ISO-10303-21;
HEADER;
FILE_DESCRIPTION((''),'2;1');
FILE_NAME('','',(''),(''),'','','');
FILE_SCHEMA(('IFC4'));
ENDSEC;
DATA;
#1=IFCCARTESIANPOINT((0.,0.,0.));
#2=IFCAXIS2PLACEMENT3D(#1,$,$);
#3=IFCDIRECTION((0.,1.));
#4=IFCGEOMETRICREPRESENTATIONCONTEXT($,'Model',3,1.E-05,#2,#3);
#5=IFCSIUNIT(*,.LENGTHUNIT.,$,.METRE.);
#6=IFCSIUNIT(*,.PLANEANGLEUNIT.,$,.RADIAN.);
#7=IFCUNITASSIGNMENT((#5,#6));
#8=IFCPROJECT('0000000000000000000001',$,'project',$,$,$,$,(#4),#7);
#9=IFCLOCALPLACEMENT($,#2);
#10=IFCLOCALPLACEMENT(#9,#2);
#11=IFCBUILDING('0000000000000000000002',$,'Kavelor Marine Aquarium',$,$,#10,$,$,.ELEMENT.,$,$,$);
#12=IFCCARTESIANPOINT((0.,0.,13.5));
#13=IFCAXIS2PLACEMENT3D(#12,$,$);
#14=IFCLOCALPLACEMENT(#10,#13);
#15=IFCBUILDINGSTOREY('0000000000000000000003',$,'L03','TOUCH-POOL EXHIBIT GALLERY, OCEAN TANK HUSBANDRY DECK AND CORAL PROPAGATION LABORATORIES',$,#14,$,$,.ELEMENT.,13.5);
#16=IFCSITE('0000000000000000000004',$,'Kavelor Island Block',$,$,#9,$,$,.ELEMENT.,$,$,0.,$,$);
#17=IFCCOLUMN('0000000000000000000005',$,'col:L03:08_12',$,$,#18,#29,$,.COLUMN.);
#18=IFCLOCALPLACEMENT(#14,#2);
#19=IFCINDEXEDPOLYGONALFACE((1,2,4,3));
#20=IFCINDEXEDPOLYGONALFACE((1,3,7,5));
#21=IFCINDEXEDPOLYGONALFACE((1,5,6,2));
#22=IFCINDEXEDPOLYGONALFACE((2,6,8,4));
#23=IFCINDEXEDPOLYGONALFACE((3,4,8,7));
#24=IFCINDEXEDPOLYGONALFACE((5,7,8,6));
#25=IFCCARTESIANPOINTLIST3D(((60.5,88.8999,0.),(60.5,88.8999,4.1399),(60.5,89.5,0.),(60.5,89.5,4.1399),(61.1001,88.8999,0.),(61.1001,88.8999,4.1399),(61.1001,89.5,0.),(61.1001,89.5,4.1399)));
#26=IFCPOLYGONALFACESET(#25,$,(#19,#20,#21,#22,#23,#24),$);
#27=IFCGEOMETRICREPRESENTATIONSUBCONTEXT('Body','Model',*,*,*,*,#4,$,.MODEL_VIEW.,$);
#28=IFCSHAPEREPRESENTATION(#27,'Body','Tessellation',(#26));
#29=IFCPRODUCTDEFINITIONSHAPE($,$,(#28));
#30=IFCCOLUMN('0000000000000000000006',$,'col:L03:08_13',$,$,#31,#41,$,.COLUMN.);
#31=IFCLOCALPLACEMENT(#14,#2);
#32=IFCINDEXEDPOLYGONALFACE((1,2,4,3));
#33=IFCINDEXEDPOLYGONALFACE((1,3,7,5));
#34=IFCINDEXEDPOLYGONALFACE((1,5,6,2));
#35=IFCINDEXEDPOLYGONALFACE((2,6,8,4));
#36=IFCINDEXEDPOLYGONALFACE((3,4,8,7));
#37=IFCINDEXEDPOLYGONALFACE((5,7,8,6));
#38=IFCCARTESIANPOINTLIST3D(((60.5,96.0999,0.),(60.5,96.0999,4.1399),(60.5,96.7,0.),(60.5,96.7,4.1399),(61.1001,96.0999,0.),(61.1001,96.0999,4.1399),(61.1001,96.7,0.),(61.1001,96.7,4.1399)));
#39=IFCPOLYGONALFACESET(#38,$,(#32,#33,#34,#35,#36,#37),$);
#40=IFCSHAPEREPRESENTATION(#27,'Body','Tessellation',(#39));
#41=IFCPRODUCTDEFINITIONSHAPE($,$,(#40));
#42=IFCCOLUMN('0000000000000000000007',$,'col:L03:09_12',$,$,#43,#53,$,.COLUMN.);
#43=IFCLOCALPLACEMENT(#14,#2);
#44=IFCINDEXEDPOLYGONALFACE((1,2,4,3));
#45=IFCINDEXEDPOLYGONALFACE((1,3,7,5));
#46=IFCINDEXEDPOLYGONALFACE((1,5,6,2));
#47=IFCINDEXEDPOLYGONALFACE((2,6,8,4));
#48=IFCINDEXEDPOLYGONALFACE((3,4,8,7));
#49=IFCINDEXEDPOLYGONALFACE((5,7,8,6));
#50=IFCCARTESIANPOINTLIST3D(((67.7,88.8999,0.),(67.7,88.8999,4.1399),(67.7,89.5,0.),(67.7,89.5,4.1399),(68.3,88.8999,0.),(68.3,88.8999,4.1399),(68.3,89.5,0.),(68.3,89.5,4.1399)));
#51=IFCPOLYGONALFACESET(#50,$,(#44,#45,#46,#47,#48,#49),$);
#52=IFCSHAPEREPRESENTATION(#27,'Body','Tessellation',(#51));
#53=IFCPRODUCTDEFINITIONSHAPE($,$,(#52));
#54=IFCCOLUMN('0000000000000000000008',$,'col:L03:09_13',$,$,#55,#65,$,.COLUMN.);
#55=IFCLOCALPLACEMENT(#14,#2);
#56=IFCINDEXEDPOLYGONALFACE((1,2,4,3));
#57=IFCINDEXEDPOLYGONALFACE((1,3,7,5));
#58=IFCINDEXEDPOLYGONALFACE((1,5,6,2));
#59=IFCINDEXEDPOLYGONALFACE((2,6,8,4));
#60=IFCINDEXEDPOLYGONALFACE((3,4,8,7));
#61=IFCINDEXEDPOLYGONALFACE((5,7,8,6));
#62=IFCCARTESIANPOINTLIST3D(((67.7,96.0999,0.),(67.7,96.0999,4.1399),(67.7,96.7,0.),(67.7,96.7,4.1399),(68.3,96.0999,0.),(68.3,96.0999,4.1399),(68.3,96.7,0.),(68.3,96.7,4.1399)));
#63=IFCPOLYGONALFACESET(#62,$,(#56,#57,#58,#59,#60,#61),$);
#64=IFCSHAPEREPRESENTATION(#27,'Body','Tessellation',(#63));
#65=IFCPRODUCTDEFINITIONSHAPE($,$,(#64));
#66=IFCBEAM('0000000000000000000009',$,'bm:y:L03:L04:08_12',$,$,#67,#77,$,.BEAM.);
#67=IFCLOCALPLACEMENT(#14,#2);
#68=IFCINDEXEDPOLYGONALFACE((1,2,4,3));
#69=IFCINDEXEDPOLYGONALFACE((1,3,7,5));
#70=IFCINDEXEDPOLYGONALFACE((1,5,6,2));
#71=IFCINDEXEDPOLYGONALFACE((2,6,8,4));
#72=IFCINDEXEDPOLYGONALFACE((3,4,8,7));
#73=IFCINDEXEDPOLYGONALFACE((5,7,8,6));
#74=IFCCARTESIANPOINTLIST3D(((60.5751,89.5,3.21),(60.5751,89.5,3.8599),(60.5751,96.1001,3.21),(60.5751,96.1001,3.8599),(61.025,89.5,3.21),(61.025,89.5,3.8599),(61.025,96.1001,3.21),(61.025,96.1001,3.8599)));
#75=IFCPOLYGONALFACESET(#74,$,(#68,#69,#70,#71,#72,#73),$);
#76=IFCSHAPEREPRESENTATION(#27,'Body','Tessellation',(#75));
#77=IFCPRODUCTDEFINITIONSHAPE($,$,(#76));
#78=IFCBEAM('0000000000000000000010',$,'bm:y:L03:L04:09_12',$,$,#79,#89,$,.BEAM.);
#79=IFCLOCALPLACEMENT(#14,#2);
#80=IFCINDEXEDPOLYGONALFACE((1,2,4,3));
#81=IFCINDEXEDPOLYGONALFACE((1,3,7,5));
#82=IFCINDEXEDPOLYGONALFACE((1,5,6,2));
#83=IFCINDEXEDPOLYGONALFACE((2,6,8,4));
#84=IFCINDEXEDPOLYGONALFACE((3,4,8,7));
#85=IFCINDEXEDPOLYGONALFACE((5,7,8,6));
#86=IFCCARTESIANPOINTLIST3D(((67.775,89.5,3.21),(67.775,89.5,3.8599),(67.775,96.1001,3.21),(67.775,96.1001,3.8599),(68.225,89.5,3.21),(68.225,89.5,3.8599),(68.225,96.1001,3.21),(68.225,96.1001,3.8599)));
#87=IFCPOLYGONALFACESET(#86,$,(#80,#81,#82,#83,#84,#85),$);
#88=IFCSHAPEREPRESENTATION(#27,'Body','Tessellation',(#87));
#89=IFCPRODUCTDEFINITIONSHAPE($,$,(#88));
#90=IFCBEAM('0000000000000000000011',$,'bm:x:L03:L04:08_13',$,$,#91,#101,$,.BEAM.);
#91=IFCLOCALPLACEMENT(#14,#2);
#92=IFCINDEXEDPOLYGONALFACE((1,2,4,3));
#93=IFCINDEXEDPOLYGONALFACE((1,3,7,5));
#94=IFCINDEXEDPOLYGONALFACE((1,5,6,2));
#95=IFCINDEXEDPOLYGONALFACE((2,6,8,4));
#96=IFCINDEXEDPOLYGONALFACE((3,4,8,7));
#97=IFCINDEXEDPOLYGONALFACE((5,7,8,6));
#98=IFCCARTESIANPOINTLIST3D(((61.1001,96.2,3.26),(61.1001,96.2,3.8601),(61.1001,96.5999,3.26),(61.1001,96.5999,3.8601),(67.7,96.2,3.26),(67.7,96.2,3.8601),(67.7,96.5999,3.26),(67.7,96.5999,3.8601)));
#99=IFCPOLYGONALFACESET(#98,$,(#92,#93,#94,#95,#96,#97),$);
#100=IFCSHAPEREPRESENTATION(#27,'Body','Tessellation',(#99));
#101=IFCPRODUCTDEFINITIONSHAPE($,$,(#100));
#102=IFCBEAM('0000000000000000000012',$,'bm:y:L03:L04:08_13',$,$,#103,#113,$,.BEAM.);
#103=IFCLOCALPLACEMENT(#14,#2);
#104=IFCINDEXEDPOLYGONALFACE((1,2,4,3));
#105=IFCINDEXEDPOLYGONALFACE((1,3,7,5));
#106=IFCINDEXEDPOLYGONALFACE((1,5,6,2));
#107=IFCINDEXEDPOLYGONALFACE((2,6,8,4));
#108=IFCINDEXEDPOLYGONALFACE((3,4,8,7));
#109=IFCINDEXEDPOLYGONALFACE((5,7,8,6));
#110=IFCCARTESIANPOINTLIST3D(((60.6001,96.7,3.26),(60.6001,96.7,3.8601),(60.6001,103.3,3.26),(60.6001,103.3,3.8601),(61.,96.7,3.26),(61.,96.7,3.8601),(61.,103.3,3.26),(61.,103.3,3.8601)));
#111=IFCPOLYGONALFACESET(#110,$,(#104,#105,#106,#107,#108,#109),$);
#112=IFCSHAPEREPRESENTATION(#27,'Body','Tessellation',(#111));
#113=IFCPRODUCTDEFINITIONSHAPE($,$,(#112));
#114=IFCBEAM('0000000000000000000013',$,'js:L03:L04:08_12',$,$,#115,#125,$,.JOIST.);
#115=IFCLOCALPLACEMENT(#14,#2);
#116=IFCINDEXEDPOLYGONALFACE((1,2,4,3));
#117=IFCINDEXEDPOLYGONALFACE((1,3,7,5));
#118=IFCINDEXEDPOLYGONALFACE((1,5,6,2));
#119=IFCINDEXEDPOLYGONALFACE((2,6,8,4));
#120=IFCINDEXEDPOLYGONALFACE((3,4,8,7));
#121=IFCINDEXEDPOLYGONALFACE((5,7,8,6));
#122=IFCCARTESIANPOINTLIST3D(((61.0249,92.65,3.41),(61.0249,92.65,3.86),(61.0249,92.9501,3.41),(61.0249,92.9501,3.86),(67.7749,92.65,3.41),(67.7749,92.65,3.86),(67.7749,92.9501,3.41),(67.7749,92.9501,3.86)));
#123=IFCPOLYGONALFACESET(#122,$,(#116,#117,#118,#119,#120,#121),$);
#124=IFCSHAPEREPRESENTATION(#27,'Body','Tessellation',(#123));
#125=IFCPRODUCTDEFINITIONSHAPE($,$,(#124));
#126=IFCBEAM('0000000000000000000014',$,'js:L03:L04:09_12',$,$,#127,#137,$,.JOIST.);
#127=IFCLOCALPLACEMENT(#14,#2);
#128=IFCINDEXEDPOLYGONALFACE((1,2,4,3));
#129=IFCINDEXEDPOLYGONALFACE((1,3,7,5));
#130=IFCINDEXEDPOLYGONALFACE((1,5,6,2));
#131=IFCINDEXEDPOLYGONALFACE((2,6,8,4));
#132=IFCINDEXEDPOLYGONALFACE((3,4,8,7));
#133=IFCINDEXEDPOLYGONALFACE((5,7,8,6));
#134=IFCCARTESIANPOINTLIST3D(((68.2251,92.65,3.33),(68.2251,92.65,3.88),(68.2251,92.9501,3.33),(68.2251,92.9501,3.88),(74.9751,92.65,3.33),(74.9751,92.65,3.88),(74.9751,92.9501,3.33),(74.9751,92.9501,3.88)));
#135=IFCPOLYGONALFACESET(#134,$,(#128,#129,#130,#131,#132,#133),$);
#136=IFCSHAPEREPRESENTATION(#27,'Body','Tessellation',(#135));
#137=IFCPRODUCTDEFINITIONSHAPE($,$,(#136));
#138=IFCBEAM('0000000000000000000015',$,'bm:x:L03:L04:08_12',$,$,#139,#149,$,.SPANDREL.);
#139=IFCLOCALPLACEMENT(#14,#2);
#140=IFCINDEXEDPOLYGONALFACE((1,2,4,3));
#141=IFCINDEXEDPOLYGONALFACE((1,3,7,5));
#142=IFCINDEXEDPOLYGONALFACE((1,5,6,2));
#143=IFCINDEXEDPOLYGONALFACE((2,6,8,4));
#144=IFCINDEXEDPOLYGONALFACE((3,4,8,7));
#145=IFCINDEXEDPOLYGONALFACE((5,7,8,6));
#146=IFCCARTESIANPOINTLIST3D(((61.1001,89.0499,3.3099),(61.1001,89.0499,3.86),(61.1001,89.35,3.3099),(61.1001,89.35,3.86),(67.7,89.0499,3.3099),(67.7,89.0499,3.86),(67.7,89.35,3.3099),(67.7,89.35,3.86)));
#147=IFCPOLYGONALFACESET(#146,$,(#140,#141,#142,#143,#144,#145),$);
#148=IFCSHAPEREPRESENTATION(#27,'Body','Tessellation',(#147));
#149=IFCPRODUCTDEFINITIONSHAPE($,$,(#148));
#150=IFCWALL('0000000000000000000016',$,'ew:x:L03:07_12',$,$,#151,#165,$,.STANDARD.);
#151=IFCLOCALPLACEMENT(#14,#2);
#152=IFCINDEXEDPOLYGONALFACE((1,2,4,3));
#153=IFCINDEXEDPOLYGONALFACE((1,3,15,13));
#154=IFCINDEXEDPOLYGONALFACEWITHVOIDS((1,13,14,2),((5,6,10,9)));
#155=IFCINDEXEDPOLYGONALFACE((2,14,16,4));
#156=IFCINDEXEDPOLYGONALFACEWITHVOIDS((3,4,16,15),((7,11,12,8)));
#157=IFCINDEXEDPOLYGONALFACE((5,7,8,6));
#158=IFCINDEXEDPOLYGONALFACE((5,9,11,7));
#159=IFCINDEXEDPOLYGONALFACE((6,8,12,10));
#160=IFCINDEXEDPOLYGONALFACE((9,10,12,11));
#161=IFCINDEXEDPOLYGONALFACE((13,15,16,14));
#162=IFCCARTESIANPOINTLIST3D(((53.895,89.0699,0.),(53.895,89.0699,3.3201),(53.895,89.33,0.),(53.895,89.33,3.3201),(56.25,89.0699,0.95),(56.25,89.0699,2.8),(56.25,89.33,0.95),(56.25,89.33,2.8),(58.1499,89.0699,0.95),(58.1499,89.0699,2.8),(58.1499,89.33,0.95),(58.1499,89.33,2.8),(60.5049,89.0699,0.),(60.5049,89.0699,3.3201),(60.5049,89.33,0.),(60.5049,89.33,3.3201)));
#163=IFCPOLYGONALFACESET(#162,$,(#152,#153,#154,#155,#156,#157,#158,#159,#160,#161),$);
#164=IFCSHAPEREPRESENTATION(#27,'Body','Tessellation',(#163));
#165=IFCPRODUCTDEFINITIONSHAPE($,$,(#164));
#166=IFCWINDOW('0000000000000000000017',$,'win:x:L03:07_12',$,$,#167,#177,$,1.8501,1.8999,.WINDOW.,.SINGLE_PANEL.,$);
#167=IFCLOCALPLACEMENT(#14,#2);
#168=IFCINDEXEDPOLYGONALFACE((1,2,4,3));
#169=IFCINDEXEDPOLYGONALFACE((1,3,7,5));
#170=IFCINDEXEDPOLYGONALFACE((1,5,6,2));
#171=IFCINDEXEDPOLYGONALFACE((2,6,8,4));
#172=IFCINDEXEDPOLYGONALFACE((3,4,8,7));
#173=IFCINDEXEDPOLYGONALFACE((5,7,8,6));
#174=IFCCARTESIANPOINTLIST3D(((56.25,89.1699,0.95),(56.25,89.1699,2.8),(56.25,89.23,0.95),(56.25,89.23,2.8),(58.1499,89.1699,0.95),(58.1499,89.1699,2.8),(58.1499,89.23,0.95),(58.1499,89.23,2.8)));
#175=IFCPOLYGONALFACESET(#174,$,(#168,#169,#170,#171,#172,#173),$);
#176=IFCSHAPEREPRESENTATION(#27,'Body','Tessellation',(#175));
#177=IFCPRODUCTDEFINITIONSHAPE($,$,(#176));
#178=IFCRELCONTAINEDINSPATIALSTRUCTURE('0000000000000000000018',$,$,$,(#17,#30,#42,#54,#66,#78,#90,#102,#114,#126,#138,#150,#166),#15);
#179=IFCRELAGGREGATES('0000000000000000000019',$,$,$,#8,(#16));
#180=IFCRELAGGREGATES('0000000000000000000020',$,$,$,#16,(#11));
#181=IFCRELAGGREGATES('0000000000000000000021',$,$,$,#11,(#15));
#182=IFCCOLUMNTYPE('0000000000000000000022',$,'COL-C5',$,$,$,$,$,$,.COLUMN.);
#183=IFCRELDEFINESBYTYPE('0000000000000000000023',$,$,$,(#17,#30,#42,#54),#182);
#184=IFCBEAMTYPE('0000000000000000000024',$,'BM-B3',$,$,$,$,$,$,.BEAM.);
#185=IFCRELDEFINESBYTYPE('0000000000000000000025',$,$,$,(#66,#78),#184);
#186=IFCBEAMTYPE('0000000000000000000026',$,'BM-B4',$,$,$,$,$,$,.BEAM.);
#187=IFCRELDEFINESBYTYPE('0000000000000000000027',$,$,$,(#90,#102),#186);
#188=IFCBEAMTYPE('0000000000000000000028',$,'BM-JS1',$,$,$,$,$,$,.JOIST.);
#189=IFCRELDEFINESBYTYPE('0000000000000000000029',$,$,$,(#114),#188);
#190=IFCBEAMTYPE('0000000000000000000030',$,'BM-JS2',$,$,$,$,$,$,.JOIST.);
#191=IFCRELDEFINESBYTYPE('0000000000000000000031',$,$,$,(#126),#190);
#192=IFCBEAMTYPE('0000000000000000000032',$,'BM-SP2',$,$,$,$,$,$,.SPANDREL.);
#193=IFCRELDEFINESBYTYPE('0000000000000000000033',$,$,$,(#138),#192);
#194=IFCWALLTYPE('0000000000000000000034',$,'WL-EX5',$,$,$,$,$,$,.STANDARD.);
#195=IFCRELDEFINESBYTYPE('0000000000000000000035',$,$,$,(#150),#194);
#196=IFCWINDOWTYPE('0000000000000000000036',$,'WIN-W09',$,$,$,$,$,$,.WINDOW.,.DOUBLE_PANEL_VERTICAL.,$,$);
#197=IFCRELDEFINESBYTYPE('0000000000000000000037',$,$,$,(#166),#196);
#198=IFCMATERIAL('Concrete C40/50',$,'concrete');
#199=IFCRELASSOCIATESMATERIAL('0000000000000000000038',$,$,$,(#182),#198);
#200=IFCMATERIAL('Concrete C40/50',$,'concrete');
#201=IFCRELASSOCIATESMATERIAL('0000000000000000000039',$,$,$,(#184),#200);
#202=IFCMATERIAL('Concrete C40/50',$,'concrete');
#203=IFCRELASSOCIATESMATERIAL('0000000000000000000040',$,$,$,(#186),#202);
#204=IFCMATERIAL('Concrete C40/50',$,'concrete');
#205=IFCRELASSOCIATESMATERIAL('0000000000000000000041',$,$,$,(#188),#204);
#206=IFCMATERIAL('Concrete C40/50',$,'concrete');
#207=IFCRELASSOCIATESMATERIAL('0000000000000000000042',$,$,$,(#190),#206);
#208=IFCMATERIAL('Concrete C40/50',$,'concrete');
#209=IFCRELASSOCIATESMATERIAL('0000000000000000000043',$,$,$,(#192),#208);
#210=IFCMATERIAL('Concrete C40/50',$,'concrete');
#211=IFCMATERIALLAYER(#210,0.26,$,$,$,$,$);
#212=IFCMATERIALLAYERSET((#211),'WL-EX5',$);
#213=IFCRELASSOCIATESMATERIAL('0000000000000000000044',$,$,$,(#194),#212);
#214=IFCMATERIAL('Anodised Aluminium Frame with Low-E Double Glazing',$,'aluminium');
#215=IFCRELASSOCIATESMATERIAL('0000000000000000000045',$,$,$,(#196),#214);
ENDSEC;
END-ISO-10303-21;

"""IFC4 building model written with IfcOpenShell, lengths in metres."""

from ifc_helpers import new_model, si_unit, direction, frame, frame_2d, origin, origin_2d, place, context, subcontext, project, spatial, rectangle, extrude, material, layer, layer_set, material_profile, profile_set, type_object, element, fill, save


model = new_model("IFC4")

# Units and contexts
model_context = context("Model", 3, precision=1e-05, world=origin(), true_north=direction((0.0, 1.0)))
body_context = subcontext(model_context, "Body", "Model", "MODEL_VIEW")
ifc_project = project(units=[si_unit("LENGTHUNIT", "METRE"), si_unit("PLANEANGLEUNIT", "RADIAN")], contexts=[model_context])

# Site, building, storey
site_placement = place(None, origin())
site = spatial("IfcSite", under=ifc_project, at=site_placement, Name="Kavelor Island Block", CompositionType="ELEMENT", RefElevation=0.0)
building_placement = place(site_placement, origin())
building = spatial("IfcBuilding", under=site, at=building_placement, Name="Kavelor Marine Aquarium", CompositionType="ELEMENT")
storey_placement = place(building_placement, frame((0.0, 0.0, 13.5)))
storey = spatial("IfcBuildingStorey", under=building, at=storey_placement, Name="L03", Description="TOUCH-POOL EXHIBIT GALLERY, OCEAN TANK HUSBANDRY DECK AND CORAL PROPAGATION LABORATORIES", CompositionType="ELEMENT", Elevation=13.5)

# Columns
ifc_material_1 = material(Name="Concrete C40/50", Category="concrete")
ifc_material_profile_1 = material_profile(ifc_material_1, rectangle(XDim=0.6001, YDim=0.6001, at=origin_2d()), Name="RC-COL 600x600")
ifc_profile_set_1 = profile_set([ifc_material_profile_1], Name="Concrete C40/50")
column_type = type_object("IfcColumnType", Name="COL-C5", PredefinedType="COLUMN", material=ifc_profile_set_1)
for number, where, z_axis, x_axis, name in (
    (1, (60.8, 89.2, 0.0), (0.0, 0.0, 1.0), (1.0, 0.0, 0.0), "col:L03:08_12"),
    (2, (60.8, 96.3999, 0.0), (0.0, 0.0, 1.0), (1.0, 0.0, 0.0), "col:L03:08_13"),
    (3, (68.0, 89.2, 0.0), (0.0, 0.0, 1.0), (1.0, 0.0, 0.0), "col:L03:09_12"),
    (4, (68.0, 96.3999, 0.0), (0.0, 0.0, 1.0), (1.0, 0.0, 0.0), "col:L03:09_13"),
):
    element("IfcColumn", number, at=place(storey_placement, frame(where, z_axis=z_axis, x_axis=x_axis)), inside=storey, type_object=column_type, Name=name, PredefinedType="COLUMN", context=body_context, shape_type="SweptSolid", body=[
        extrude(rectangle(XDim=0.6001, YDim=0.6001, at=origin_2d()), origin(), (0.0, 0.0, 1.0), 4.1399),
    ])

# Beams
ifc_material_2 = material(Name="Concrete C40/50", Category="concrete")
ifc_material_profile_2 = material_profile(ifc_material_2, rectangle(XDim=0.45, YDim=0.6499, at=origin_2d()), Name="RC-BM 450x650")
ifc_profile_set_2 = profile_set([ifc_material_profile_2], Name="Concrete C40/50")
beam_type_1 = type_object("IfcBeamType", Name="BM-B3", PredefinedType="BEAM", material=ifc_profile_set_2)
for number, where, z_axis, x_axis, name in (
    (5, (60.8, 89.5, 3.5349), (0.0, 1.0, 0.0), (-1.0, 0.0, 0.0), "bm:y:L03:L04:08_12"),
    (6, (68.0, 89.5, 3.5349), (0.0, 1.0, 0.0), (-1.0, 0.0, 0.0), "bm:y:L03:L04:09_12"),
):
    element("IfcBeam", number, at=place(storey_placement, frame(where, z_axis=z_axis, x_axis=x_axis)), inside=storey, type_object=beam_type_1, Name=name, PredefinedType="BEAM", context=body_context, shape_type="SweptSolid", body=[
        extrude(rectangle(XDim=0.45, YDim=0.6499, at=origin_2d()), origin(), (0.0, 0.0, 1.0), 6.6001),
    ])
ifc_material_3 = material(Name="Concrete C40/50", Category="concrete")
ifc_material_profile_3 = material_profile(ifc_material_3, rectangle(XDim=0.3999, YDim=0.6001, at=origin_2d()), Name="RC-BM 400x600")
ifc_profile_set_3 = profile_set([ifc_material_profile_3], Name="Concrete C40/50")
beam_type_2 = type_object("IfcBeamType", Name="BM-B4", PredefinedType="BEAM", material=ifc_profile_set_3)
beam_1_placement = place(storey_placement, frame((61.1001, 96.3999, 3.5601), z_axis=(1.0, 0.0, 0.0), x_axis=(0.0, 1.0, 0.0)))
element("IfcBeam", 7, at=beam_1_placement, inside=storey, type_object=beam_type_2, Name="bm:x:L03:L04:08_13", PredefinedType="BEAM", context=body_context, shape_type="SweptSolid", body=[
    extrude(rectangle(XDim=0.3999, YDim=0.6001, at=origin_2d()), origin(), (0.0, 0.0, 1.0), 6.5999),
])
beam_2_placement = place(storey_placement, frame((60.8, 96.7, 3.5601), z_axis=(0.0, 1.0, 0.0), x_axis=(-1.0, 0.0, 0.0)))
element("IfcBeam", 8, at=beam_2_placement, inside=storey, type_object=beam_type_2, Name="bm:y:L03:L04:08_13", PredefinedType="BEAM", context=body_context, shape_type="SweptSolid", body=[
    extrude(rectangle(XDim=0.3999, YDim=0.6001, at=origin_2d()), origin(), (0.0, 0.0, 1.0), 6.6001),
])
ifc_material_4 = material(Name="Concrete C40/50", Category="concrete")
ifc_material_profile_4 = material_profile(ifc_material_4, rectangle(XDim=0.3, YDim=0.45, at=origin_2d()), Name="RC-JS 300x450")
ifc_profile_set_4 = profile_set([ifc_material_profile_4], Name="Concrete C40/50")
beam_type_3 = type_object("IfcBeamType", Name="BM-JS1", PredefinedType="JOIST", material=ifc_profile_set_4)
beam_3_placement = place(storey_placement, frame((61.0249, 92.8, 3.635), z_axis=(1.0, 0.0, 0.0), x_axis=(0.0, 1.0, 0.0)))
element("IfcBeam", 9, at=beam_3_placement, inside=storey, type_object=beam_type_3, Name="js:L03:L04:08_12", PredefinedType="JOIST", context=body_context, shape_type="SweptSolid", body=[
    extrude(rectangle(XDim=0.3, YDim=0.45, at=origin_2d()), origin(), (0.0, 0.0, 1.0), 6.75),
])
ifc_material_5 = material(Name="Concrete C40/50", Category="concrete")
ifc_material_profile_5 = material_profile(ifc_material_5, rectangle(XDim=0.3, YDim=0.55, at=origin_2d()), Name="RC-JS 300x550")
ifc_profile_set_5 = profile_set([ifc_material_profile_5], Name="Concrete C40/50")
beam_type_4 = type_object("IfcBeamType", Name="BM-JS2", PredefinedType="JOIST", material=ifc_profile_set_5)
beam_4_placement = place(storey_placement, frame((68.2251, 92.8, 3.605), z_axis=(1.0, 0.0, 0.0), x_axis=(0.0, 1.0, 0.0)))
element("IfcBeam", 10, at=beam_4_placement, inside=storey, type_object=beam_type_4, Name="js:L03:L04:09_12", PredefinedType="JOIST", context=body_context, shape_type="SweptSolid", body=[
    extrude(rectangle(XDim=0.3, YDim=0.55, at=origin_2d()), origin(), (0.0, 0.0, 1.0), 6.75),
])
ifc_material_6 = material(Name="Concrete C40/50", Category="concrete")
ifc_material_profile_6 = material_profile(ifc_material_6, rectangle(XDim=0.3, YDim=0.55, at=origin_2d()), Name="RC-SP 300x550")
ifc_profile_set_6 = profile_set([ifc_material_profile_6], Name="Concrete C40/50")
beam_type_5 = type_object("IfcBeamType", Name="BM-SP2", PredefinedType="SPANDREL", material=ifc_profile_set_6)
beam_5_placement = place(storey_placement, frame((61.1001, 89.2, 3.585), z_axis=(1.0, 0.0, 0.0), x_axis=(0.0, 1.0, 0.0)))
element("IfcBeam", 11, at=beam_5_placement, inside=storey, type_object=beam_type_5, Name="bm:x:L03:L04:08_12", PredefinedType="SPANDREL", context=body_context, shape_type="SweptSolid", body=[
    extrude(rectangle(XDim=0.3, YDim=0.55, at=origin_2d()), origin(), (0.0, 0.0, 1.0), 6.5999),
])

# Wall, opening, window
ifc_material_7 = material(Name="Concrete C40/50", Category="concrete")
ifc_layer_1 = layer(ifc_material_7, 0.26)
ifc_layer_set_1 = layer_set([ifc_layer_1], Name="WL-EX5")
wall_type_1 = type_object("IfcWallType", Name="WL-EX5", PredefinedType="STANDARD", material=ifc_layer_set_1)
wall_1_placement = place(storey_placement, frame((60.5049, 89.2, 0.0), z_axis=(0.0, 0.0, 1.0), x_axis=(-1.0, 0.0, 0.0)))
wall_1 = element("IfcWall", 12, at=wall_1_placement, inside=storey, type_object=wall_type_1, Name="ew:x:L03:07_12", PredefinedType="STANDARD", context=body_context, shape_type="SweptSolid", body=[
    extrude(rectangle(XDim=6.6099, YDim=0.26, at=frame_2d((3.3049, 0.0))), origin(), (0.0, 0.0, 1.0), 3.3201),
])
opening_1_placement = place(wall_1_placement, frame((2.355, 0.0, 0.95)))
opening_1 = element("IfcOpeningElement", 13, at=opening_1_placement, cuts=wall_1, PredefinedType="OPENING", context=body_context, shape_type="SweptSolid", body=[
    extrude(rectangle(XDim=1.8999, YDim=1.8501, at=frame_2d((0.95, 0.925))), frame((0.0, 0.1399, 0.0), z_axis=(0.0, -1.0, 0.0), x_axis=(1.0, 0.0, 0.0)), (0.0, 0.0, 1.0), 0.28),
])
ifc_material_8 = material(Name="Anodised Aluminium Frame with Low-E Double Glazing", Category="aluminium")
window_type_1 = type_object("IfcWindowType", Name="WIN-W09", PartitioningType="DOUBLE_PANEL_VERTICAL", PredefinedType="WINDOW", material=ifc_material_8)
window_1_placement = place(opening_1_placement, origin())
window_1 = element("IfcWindow", 14, at=window_1_placement, inside=storey, type_object=window_type_1, Name="win:x:L03:07_12", OverallHeight=1.8501, OverallWidth=1.8999, PartitioningType="SINGLE_PANEL", PredefinedType="WINDOW", context=body_context, shape_type="SweptSolid", body=[
    extrude(rectangle(XDim=1.8999, YDim=1.8501, at=frame_2d((0.95, 0.925))), frame((0.0, 0.03, 0.0), z_axis=(0.0, -1.0, 0.0), x_axis=(1.0, 0.0, 0.0)), (0.0, 0.0, 1.0), 0.0601),
])
fill(opening_1, window_1)

save(model, "model.ifc")
